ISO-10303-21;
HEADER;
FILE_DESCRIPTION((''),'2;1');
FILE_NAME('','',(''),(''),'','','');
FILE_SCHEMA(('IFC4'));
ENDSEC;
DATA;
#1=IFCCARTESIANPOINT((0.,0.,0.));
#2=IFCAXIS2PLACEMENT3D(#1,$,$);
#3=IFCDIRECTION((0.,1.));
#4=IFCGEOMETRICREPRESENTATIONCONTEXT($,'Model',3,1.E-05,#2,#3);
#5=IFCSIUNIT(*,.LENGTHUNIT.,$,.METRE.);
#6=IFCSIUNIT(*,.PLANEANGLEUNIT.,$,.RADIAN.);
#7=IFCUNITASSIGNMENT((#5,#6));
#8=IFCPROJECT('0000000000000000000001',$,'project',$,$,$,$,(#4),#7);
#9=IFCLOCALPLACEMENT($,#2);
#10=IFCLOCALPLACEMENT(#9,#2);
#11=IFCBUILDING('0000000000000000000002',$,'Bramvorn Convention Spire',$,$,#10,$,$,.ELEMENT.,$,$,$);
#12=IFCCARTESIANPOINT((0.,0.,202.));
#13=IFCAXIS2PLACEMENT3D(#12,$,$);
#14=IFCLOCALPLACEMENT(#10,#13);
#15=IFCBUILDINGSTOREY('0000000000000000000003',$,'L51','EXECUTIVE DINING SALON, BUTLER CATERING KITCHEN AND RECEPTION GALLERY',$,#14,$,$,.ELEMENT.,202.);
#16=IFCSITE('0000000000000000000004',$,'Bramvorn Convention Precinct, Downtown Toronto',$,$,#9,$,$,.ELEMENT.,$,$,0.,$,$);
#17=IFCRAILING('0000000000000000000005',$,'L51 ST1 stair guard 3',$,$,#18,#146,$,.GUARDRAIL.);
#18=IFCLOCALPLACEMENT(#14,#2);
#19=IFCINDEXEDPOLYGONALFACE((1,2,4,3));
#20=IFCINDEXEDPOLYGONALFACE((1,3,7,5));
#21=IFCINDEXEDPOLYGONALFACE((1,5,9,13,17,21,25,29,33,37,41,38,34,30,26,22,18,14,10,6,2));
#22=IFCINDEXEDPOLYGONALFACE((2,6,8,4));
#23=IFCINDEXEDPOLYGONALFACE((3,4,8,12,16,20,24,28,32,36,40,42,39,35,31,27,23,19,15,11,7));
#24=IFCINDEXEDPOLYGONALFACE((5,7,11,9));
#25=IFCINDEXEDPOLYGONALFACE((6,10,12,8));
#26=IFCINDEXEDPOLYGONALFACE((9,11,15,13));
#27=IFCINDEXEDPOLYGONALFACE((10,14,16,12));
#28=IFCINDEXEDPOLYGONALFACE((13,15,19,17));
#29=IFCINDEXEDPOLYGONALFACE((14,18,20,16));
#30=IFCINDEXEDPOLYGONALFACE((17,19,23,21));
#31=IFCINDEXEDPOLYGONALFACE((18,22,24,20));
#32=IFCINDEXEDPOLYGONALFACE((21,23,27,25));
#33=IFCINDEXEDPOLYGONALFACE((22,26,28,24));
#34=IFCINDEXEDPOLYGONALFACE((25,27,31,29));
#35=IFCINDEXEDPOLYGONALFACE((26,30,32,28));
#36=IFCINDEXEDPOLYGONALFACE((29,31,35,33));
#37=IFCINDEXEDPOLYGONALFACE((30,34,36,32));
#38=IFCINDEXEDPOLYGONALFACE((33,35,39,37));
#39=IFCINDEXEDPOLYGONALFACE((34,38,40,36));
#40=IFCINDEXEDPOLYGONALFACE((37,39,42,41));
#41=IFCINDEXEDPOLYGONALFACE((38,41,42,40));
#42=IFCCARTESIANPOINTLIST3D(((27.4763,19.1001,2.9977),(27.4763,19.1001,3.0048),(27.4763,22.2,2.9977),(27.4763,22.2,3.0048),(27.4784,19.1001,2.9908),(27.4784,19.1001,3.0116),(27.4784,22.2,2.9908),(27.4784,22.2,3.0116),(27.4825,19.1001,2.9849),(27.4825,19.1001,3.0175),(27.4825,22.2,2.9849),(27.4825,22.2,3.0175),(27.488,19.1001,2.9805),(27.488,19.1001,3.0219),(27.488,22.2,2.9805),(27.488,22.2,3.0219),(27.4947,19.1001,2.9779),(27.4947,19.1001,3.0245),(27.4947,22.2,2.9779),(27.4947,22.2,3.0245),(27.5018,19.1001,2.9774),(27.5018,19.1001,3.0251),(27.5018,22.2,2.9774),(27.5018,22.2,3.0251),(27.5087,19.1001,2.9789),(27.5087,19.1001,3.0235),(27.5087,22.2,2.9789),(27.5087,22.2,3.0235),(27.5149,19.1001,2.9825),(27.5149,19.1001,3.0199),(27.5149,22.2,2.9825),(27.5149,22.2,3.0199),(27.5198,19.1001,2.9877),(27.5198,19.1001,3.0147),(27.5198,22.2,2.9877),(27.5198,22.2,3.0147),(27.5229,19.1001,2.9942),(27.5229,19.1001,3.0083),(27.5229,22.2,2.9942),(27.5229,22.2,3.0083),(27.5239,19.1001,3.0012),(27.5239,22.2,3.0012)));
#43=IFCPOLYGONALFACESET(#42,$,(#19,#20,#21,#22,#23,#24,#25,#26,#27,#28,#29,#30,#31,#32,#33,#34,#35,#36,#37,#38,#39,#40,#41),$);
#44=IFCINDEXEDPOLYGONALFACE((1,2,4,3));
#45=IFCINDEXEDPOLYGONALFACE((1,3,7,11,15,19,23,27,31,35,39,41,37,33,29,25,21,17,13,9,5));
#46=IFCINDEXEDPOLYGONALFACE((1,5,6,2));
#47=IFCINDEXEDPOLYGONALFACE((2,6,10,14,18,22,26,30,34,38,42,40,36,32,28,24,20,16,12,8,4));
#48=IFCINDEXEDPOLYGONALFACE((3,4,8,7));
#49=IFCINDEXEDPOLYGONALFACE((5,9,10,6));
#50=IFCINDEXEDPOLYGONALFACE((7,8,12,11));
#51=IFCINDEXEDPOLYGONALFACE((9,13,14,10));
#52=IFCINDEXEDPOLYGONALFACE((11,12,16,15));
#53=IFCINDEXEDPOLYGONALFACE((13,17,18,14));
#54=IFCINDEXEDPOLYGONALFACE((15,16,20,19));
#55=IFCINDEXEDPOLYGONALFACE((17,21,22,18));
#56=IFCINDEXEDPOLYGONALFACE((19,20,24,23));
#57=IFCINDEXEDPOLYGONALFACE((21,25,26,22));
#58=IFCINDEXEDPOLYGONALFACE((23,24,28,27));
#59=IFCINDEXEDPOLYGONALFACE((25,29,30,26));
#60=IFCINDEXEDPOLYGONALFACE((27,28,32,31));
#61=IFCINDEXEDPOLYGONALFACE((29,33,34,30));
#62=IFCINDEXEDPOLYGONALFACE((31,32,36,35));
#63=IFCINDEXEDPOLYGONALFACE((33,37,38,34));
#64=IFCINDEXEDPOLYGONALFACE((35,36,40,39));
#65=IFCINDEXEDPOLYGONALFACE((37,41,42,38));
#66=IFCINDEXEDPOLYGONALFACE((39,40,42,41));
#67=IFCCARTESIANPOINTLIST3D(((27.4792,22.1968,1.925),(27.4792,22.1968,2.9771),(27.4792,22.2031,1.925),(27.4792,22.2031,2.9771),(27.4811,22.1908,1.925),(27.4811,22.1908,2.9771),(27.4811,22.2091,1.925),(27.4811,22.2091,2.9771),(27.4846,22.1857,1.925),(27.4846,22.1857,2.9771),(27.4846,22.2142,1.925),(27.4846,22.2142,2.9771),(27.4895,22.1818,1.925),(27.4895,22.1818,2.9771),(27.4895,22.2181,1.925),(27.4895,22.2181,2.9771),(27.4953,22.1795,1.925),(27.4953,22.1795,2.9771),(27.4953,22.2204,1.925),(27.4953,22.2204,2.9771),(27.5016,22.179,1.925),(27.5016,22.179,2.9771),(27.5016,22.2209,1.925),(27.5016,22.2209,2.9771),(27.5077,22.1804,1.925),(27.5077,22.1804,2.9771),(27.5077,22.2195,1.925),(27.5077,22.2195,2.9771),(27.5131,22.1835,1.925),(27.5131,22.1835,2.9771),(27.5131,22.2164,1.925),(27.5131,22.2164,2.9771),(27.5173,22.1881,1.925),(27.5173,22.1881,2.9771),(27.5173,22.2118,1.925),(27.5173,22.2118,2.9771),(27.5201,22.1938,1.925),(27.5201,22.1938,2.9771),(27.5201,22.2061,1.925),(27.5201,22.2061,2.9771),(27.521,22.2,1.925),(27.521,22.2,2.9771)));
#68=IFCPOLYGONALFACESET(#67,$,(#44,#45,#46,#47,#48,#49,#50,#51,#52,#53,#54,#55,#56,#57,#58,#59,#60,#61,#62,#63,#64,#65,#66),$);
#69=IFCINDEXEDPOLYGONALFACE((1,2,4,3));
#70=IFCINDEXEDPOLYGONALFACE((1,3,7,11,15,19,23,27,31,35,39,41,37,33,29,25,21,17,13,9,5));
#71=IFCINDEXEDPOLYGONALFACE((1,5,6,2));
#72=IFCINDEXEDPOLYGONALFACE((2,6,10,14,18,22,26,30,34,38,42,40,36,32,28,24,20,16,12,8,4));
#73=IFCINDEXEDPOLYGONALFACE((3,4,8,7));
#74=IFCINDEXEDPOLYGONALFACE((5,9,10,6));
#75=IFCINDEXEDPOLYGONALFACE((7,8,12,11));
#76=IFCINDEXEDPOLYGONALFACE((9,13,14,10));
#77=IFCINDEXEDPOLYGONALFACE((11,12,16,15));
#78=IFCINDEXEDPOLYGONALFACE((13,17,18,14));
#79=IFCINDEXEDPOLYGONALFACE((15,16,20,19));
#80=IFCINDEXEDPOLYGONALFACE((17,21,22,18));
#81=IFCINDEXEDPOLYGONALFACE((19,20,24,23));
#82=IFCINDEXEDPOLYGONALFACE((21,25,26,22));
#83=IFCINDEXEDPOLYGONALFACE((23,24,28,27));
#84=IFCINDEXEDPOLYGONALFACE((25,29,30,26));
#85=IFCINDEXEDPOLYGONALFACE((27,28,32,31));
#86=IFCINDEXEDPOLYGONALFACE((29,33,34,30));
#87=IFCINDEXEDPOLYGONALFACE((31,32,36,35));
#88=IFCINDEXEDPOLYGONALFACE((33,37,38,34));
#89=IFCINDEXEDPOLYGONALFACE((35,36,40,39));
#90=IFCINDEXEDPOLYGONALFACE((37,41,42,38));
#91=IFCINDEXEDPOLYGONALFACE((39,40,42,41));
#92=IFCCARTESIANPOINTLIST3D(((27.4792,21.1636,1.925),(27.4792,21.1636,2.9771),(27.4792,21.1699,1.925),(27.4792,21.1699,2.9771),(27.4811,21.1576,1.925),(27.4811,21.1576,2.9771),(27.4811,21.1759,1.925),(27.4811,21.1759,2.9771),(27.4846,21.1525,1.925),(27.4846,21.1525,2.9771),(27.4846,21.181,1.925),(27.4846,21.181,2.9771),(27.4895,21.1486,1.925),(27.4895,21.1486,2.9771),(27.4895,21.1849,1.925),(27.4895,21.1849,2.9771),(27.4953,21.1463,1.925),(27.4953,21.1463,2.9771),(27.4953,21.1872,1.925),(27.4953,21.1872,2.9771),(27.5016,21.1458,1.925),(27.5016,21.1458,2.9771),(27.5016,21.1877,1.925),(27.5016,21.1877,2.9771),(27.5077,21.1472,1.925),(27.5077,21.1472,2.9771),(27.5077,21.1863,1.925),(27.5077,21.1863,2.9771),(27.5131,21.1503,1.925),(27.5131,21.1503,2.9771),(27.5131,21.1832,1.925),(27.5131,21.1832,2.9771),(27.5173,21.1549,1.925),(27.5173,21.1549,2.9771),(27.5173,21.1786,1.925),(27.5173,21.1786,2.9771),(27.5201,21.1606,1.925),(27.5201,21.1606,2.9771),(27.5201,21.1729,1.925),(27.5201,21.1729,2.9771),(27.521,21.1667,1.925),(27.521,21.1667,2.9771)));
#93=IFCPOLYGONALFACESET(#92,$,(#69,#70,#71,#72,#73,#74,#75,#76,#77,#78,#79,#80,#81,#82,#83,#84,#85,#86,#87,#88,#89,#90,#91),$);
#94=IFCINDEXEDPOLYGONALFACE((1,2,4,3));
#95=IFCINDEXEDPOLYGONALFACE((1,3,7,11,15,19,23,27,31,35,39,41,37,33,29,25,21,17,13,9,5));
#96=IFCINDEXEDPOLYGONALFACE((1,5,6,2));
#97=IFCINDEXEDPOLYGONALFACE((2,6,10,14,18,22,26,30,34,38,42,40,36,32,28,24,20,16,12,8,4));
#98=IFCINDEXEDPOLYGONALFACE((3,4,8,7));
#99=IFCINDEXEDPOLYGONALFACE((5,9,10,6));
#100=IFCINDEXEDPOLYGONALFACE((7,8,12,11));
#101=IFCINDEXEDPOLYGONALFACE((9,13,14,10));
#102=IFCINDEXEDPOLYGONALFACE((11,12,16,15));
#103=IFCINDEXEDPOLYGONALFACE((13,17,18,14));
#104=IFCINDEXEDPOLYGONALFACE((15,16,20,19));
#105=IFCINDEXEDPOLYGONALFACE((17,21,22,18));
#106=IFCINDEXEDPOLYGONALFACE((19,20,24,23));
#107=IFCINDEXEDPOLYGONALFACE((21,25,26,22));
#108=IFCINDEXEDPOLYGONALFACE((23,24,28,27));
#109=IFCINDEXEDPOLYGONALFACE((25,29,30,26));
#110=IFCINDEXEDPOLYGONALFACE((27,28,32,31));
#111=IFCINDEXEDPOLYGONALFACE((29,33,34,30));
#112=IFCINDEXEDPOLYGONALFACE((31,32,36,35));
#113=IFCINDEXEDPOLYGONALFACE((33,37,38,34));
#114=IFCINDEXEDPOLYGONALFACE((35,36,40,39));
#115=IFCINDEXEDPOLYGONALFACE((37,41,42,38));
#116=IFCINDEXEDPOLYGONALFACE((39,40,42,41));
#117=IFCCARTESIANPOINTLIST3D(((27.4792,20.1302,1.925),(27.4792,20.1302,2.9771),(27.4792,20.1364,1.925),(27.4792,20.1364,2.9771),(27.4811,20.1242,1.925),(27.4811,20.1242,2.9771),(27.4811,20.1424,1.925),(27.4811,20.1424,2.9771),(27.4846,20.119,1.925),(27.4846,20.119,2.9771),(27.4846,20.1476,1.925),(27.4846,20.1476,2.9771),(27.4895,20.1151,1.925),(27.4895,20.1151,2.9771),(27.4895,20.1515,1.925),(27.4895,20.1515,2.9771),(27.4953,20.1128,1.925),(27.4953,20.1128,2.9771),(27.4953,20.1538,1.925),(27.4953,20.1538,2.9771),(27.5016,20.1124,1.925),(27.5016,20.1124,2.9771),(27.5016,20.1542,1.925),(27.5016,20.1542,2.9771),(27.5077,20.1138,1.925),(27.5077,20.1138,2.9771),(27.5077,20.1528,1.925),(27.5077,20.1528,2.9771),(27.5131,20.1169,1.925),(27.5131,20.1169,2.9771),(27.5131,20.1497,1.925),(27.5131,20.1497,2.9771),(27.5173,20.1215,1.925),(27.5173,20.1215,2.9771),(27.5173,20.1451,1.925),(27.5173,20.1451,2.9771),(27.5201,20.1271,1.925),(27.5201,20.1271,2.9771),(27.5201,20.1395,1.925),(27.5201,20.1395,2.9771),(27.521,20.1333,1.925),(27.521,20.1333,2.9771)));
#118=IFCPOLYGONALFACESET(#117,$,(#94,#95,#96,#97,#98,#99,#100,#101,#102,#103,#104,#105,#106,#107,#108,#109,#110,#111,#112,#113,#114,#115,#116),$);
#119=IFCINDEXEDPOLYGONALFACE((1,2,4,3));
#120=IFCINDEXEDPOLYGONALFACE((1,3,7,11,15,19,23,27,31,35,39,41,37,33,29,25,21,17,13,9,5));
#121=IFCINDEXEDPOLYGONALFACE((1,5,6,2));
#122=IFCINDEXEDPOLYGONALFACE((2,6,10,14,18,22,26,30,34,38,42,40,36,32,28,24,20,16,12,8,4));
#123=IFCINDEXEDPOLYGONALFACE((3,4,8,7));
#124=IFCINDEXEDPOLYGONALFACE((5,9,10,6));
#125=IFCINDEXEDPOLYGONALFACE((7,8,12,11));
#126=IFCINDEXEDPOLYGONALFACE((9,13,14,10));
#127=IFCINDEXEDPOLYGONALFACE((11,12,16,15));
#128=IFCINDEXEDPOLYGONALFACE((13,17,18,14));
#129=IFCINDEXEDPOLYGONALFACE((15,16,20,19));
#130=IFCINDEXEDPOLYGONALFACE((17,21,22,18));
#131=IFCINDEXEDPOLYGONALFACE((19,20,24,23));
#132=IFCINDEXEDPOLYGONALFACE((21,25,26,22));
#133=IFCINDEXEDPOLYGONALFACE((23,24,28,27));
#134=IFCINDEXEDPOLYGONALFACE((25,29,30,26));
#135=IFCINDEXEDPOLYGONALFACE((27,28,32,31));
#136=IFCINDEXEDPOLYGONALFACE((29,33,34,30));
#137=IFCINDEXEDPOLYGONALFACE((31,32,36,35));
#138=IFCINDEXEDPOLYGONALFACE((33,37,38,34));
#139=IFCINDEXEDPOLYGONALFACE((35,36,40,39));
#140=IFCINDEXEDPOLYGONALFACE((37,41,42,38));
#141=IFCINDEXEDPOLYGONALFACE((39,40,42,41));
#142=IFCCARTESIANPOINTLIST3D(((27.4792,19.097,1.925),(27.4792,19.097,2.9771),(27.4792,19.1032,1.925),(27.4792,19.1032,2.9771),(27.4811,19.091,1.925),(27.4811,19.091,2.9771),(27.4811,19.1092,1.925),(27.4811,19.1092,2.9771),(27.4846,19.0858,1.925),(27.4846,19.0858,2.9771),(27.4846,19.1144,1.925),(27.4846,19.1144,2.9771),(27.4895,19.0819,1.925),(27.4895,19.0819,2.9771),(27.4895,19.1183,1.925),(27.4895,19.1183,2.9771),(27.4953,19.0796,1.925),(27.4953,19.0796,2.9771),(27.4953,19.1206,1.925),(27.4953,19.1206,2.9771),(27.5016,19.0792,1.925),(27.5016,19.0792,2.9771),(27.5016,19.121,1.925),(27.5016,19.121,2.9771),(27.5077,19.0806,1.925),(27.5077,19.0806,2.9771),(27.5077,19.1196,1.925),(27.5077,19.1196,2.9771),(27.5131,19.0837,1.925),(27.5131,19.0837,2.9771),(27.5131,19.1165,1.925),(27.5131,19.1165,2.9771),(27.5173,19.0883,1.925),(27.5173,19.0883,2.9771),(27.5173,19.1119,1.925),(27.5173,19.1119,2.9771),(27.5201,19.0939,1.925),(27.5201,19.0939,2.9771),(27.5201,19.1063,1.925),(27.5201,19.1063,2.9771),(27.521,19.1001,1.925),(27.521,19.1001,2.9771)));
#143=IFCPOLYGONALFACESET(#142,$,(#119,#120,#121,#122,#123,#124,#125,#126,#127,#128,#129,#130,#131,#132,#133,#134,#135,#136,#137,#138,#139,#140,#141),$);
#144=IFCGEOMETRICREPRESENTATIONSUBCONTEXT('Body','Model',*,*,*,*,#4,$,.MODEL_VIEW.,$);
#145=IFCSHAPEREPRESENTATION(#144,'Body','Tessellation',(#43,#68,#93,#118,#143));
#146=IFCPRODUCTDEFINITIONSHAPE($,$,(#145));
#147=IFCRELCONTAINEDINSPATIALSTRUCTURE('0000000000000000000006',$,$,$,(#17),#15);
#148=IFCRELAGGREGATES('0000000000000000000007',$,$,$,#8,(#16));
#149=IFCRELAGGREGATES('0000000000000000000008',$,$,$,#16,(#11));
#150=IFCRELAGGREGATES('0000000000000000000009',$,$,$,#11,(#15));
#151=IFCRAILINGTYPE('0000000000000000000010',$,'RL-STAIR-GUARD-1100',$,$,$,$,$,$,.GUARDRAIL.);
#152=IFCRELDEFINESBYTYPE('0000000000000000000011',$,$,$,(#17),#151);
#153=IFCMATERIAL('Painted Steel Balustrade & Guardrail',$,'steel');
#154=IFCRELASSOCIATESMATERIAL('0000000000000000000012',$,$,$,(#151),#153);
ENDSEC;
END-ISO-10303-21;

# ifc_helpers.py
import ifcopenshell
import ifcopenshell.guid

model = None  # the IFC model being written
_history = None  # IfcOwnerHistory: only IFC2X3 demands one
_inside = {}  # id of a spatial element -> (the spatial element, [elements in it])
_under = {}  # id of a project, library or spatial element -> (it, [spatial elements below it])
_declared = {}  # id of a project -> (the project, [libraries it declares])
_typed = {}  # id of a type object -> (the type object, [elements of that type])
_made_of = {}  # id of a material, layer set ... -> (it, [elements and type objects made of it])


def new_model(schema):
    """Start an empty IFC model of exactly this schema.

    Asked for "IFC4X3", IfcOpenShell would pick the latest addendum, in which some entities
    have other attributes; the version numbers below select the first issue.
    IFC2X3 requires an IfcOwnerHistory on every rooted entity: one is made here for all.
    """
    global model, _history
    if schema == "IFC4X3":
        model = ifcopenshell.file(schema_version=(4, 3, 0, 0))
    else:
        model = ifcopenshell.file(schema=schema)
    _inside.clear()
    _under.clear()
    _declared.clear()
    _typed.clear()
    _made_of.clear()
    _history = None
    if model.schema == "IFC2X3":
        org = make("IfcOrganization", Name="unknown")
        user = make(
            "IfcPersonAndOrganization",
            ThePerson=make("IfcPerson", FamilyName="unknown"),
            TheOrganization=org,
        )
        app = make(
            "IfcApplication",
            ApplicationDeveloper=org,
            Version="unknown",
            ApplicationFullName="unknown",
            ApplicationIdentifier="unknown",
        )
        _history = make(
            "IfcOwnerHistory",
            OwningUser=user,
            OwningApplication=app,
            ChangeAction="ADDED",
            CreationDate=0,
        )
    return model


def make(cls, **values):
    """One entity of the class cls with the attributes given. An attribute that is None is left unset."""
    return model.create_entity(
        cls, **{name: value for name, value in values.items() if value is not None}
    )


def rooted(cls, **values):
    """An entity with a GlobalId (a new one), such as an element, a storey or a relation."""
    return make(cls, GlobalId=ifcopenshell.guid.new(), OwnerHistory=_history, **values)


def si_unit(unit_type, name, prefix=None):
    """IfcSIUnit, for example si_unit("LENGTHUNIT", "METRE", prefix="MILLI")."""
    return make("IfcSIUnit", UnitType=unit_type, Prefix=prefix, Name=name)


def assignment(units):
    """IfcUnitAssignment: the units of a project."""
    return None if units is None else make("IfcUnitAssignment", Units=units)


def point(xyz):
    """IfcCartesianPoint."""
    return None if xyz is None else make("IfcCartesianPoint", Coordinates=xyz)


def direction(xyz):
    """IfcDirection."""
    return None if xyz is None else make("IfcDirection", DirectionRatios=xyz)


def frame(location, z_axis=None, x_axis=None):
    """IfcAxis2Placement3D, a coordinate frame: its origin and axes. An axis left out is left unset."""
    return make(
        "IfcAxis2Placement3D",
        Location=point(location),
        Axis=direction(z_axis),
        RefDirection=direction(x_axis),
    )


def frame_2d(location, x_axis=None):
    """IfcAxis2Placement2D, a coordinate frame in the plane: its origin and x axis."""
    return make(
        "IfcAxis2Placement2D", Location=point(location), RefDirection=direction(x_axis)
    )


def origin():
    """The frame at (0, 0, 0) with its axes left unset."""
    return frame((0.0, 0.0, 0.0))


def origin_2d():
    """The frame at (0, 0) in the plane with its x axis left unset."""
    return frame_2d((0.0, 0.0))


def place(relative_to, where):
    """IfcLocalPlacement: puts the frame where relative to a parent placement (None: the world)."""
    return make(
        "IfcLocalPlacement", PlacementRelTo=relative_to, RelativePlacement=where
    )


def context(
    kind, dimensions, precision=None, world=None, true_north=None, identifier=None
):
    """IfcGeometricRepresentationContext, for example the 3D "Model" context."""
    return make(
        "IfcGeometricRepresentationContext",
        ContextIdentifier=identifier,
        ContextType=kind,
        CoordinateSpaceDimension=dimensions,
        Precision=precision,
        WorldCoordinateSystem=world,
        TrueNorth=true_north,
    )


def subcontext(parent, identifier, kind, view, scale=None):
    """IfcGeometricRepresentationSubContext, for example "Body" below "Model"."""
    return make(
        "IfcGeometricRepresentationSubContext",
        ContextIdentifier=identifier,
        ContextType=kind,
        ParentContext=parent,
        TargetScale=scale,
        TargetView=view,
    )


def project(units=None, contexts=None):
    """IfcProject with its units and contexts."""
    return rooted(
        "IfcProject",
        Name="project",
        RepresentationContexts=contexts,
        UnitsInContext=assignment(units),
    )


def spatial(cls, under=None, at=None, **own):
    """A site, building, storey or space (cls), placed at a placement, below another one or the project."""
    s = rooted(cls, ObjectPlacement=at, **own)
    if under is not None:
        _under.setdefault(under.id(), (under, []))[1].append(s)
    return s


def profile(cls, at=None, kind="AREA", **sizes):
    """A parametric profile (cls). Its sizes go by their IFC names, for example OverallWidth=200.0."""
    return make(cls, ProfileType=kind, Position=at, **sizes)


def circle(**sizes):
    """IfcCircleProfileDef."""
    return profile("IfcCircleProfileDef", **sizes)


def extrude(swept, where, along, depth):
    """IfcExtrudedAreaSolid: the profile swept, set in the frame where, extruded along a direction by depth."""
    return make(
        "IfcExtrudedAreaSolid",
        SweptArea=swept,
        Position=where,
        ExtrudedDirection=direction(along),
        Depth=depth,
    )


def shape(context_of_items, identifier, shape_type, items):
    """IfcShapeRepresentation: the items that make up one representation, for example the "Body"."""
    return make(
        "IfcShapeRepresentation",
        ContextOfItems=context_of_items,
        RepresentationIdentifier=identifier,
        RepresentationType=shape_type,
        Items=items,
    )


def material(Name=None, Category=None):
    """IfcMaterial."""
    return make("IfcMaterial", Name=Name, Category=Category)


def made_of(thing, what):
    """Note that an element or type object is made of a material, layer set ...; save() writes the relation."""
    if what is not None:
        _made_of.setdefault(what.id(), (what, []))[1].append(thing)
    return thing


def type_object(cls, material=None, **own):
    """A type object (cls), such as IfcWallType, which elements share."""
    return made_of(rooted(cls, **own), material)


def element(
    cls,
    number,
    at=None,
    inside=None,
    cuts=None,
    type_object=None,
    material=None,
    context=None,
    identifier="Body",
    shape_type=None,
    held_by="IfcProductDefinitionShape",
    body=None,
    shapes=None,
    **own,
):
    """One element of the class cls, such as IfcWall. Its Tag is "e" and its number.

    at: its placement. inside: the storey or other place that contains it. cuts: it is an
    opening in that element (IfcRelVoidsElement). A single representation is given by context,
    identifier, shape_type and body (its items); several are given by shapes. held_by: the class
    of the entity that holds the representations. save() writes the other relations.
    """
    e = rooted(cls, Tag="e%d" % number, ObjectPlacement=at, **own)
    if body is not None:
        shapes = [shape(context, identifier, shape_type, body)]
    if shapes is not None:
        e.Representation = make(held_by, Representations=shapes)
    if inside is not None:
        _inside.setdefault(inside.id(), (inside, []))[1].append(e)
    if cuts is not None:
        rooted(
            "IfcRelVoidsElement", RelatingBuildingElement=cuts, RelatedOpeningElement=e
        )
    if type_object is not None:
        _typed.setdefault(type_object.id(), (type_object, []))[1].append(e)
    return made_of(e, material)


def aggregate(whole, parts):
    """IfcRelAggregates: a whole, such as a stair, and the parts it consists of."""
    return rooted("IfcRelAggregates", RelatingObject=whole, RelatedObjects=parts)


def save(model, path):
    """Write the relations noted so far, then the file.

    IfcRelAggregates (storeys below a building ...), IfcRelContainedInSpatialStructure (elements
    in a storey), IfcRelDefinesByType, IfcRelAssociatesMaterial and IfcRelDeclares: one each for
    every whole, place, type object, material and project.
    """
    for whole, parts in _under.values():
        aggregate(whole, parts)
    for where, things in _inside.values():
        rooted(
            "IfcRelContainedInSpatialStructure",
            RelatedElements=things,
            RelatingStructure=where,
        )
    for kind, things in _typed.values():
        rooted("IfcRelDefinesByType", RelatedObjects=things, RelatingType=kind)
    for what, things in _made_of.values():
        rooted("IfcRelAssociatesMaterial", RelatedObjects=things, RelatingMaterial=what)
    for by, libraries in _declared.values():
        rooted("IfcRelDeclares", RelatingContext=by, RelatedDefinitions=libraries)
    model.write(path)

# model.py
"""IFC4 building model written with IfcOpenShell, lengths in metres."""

from ifc_helpers import new_model, si_unit, direction, frame, origin, origin_2d, place, context, subcontext, project, spatial, circle, extrude, material, type_object, element, save


model = new_model("IFC4")

# Units and contexts
model_context = context("Model", 3, precision=1e-05, world=origin(), true_north=direction((0.0, 1.0)))
body_context = subcontext(model_context, "Body", "Model", "MODEL_VIEW")
ifc_project = project(units=[si_unit("LENGTHUNIT", "METRE"), si_unit("PLANEANGLEUNIT", "RADIAN")], contexts=[model_context])

# Site, building, storey
site_placement = place(None, origin())
site = spatial("IfcSite", under=ifc_project, at=site_placement, Name="Bramvorn Convention Precinct, Downtown Toronto", CompositionType="ELEMENT", RefElevation=0.0)
building_placement = place(site_placement, origin())
building = spatial("IfcBuilding", under=site, at=building_placement, Name="Bramvorn Convention Spire", CompositionType="ELEMENT")
storey_placement = place(building_placement, frame((0.0, 0.0, 202.0)))
storey = spatial("IfcBuildingStorey", under=building, at=storey_placement, Name="L51", Description="EXECUTIVE DINING SALON, BUTLER CATERING KITCHEN AND RECEPTION GALLERY", CompositionType="ELEMENT", Elevation=202.0)

# Railing
ifc_material_1 = material(Name="Painted Steel Balustrade & Guardrail", Category="steel")
railing_type_1 = type_object("IfcRailingType", Name="RL-STAIR-GUARD-1100", PredefinedType="GUARDRAIL", material=ifc_material_1)
for number, where, name in (
    (1, (27.5, 22.2, 1.925), "L51 ST1 stair guard 3"),
):
    element("IfcRailing", number, at=place(storey_placement, frame(where)), inside=storey, type_object=railing_type_1, Name=name, PredefinedType="GUARDRAIL", context=body_context, shape_type="SweptSolid", body=[
        extrude(circle(Radius=0.0239, at=origin_2d()), frame((0.0, 0.0, 1.0762), z_axis=(0.0, -1.0, 0.0), x_axis=(1.0, 0.0, 0.0)), (0.0, 0.0, 1.0), 3.0999),
        extrude(circle(Radius=0.021, at=origin_2d()), origin(), (0.0, 0.0, 1.0), 1.052),
        extrude(circle(Radius=0.021, at=origin_2d()), frame((0.0, -1.0332, 0.0)), (0.0, 0.0, 1.0), 1.052),
        extrude(circle(Radius=0.021, at=origin_2d()), frame((0.0, -2.0667, 0.0)), (0.0, 0.0, 1.0), 1.052),
        extrude(circle(Radius=0.021, at=origin_2d()), frame((0.0, -3.0999, 0.0)), (0.0, 0.0, 1.0), 1.052),
    ])

save(model, "model.ifc")
